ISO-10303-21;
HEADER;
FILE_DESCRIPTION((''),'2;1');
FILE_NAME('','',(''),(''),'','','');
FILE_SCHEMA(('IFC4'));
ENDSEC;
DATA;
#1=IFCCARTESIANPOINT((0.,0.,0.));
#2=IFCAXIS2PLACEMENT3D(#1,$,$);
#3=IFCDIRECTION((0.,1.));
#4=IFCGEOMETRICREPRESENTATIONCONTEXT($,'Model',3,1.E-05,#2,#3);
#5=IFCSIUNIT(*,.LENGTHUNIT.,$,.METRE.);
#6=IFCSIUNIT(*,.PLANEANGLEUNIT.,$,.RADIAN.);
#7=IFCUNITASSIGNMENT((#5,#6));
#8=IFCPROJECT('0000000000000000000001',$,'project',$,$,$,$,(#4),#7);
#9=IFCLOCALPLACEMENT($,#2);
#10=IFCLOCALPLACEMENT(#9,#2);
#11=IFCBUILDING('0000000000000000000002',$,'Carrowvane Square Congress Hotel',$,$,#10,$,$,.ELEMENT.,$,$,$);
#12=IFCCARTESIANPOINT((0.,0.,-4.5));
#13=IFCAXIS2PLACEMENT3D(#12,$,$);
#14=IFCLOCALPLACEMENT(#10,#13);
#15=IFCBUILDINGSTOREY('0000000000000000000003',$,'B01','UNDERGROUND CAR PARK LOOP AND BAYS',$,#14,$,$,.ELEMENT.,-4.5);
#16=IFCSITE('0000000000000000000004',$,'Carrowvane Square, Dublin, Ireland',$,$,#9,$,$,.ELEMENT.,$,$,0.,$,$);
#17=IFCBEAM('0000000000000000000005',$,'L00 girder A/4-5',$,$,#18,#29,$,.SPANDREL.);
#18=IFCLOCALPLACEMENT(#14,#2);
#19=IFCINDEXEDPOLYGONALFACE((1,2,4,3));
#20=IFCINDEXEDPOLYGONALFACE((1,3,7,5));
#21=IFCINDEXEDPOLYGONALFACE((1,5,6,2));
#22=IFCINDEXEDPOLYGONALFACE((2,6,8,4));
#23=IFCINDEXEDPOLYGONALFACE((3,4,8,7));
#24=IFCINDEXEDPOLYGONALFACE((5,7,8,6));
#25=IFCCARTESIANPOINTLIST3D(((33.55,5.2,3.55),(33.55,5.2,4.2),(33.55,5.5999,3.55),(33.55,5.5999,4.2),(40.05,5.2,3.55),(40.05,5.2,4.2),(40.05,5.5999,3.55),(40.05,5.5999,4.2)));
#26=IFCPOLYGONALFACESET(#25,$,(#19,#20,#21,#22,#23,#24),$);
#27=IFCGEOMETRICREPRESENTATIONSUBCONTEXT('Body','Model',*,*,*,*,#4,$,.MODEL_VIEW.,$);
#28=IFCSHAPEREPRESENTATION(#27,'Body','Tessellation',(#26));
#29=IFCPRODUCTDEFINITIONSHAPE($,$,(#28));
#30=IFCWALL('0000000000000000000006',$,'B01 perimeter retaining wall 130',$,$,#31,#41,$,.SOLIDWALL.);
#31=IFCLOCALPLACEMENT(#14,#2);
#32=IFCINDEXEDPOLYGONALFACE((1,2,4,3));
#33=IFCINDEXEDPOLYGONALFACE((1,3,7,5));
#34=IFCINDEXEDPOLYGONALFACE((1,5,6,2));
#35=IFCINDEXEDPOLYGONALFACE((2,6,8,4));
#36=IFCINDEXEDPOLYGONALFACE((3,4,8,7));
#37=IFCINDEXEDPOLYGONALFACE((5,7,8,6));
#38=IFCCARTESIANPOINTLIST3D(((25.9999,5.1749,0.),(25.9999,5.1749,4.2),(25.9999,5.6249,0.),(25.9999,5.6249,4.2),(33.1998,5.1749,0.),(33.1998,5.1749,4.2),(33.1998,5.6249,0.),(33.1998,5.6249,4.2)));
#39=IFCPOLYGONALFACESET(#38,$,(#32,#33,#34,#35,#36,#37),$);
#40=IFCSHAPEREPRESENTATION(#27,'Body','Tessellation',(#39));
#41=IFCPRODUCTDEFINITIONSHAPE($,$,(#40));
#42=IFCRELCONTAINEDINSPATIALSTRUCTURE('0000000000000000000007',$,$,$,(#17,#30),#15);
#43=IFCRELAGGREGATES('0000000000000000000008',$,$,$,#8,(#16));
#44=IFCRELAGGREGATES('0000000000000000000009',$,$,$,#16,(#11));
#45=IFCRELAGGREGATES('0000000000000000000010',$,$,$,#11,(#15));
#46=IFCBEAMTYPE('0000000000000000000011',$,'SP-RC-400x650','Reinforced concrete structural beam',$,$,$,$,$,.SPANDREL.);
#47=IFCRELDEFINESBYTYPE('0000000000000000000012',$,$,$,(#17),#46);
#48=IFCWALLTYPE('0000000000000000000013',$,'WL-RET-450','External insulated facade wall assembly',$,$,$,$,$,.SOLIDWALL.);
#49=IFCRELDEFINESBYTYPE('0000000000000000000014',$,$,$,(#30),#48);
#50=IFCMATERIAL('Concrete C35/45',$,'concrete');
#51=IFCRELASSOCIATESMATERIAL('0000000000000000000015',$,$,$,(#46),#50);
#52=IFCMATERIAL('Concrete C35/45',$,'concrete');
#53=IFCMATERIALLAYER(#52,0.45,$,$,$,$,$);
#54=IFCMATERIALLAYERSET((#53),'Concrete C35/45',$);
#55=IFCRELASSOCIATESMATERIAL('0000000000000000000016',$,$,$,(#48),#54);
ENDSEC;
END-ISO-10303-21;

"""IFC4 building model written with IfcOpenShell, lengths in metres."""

from ifc_helpers import new_model, si_unit, direction, frame, frame_2d, origin, origin_2d, place, context, subcontext, project, spatial, rectangle, extrude, material, layer, layer_set, material_profile, profile_set, type_object, element, save


model = new_model("IFC4")

# Units and contexts
model_context = context("Model", 3, precision=1e-05, world=origin(), true_north=direction((0.0, 1.0)))
body_context = subcontext(model_context, "Body", "Model", "MODEL_VIEW")
ifc_project = project(units=[si_unit("LENGTHUNIT", "METRE"), si_unit("PLANEANGLEUNIT", "RADIAN")], contexts=[model_context])

# Site, building, storey
site_placement = place(None, origin())
site = spatial("IfcSite", under=ifc_project, at=site_placement, Name="Carrowvane Square, Dublin, Ireland", CompositionType="ELEMENT", RefElevation=0.0)
building_placement = place(site_placement, origin())
building = spatial("IfcBuilding", under=site, at=building_placement, Name="Carrowvane Square Congress Hotel", CompositionType="ELEMENT")
storey_placement = place(building_placement, frame((0.0, 0.0, -4.5)))
storey = spatial("IfcBuildingStorey", under=building, at=storey_placement, Name="B01", Description="UNDERGROUND CAR PARK LOOP AND BAYS", CompositionType="ELEMENT", Elevation=-4.5)

# Beam
ifc_material_1 = material(Name="Concrete C35/45", Category="concrete")
ifc_material_profile_1 = material_profile(ifc_material_1, rectangle(XDim=0.3999, YDim=0.6499, at=origin_2d()), Name="RC 400x650")
ifc_profile_set_1 = profile_set([ifc_material_profile_1], Name="Concrete C35/45")
beam_type_1 = type_object("IfcBeamType", Name="SP-RC-400x650", Description="Reinforced concrete structural beam", PredefinedType="SPANDREL", material=ifc_profile_set_1)
beam_1_placement = place(storey_placement, frame((33.55, 5.3999, 3.875), z_axis=(1.0, 0.0, 0.0), x_axis=(0.0, 1.0, 0.0)))
element("IfcBeam", 1, at=beam_1_placement, inside=storey, type_object=beam_type_1, Name="L00 girder A/4-5", PredefinedType="SPANDREL", context=body_context, shape_type="SweptSolid", body=[
    extrude(rectangle(XDim=0.3999, YDim=0.6499, at=origin_2d()), origin(), (0.0, 0.0, 1.0), 6.5),
])

# Wall
ifc_material_2 = material(Name="Concrete C35/45", Category="concrete")
ifc_layer = layer(ifc_material_2, 0.45)
ifc_layer_set = layer_set([ifc_layer], Name="Concrete C35/45")
wall_type = type_object("IfcWallType", Name="WL-RET-450", Description="External insulated facade wall assembly", PredefinedType="SOLIDWALL", material=ifc_layer_set)
wall_placement = place(storey_placement, frame((33.2, 5.3999, 0.0), z_axis=(0.0, 0.0, 1.0), x_axis=(-1.0, 0.0, 0.0)))
element("IfcWall", 2, at=wall_placement, inside=storey, type_object=wall_type, Name="B01 perimeter retaining wall 130", PredefinedType="SOLIDWALL", context=body_context, shape_type="SweptSolid", body=[
    extrude(rectangle(XDim=7.2, YDim=0.45, at=frame_2d((3.6001, 0.0))), origin(), (0.0, 0.0, 1.0), 4.2),
])

save(model, "model.ifc")
